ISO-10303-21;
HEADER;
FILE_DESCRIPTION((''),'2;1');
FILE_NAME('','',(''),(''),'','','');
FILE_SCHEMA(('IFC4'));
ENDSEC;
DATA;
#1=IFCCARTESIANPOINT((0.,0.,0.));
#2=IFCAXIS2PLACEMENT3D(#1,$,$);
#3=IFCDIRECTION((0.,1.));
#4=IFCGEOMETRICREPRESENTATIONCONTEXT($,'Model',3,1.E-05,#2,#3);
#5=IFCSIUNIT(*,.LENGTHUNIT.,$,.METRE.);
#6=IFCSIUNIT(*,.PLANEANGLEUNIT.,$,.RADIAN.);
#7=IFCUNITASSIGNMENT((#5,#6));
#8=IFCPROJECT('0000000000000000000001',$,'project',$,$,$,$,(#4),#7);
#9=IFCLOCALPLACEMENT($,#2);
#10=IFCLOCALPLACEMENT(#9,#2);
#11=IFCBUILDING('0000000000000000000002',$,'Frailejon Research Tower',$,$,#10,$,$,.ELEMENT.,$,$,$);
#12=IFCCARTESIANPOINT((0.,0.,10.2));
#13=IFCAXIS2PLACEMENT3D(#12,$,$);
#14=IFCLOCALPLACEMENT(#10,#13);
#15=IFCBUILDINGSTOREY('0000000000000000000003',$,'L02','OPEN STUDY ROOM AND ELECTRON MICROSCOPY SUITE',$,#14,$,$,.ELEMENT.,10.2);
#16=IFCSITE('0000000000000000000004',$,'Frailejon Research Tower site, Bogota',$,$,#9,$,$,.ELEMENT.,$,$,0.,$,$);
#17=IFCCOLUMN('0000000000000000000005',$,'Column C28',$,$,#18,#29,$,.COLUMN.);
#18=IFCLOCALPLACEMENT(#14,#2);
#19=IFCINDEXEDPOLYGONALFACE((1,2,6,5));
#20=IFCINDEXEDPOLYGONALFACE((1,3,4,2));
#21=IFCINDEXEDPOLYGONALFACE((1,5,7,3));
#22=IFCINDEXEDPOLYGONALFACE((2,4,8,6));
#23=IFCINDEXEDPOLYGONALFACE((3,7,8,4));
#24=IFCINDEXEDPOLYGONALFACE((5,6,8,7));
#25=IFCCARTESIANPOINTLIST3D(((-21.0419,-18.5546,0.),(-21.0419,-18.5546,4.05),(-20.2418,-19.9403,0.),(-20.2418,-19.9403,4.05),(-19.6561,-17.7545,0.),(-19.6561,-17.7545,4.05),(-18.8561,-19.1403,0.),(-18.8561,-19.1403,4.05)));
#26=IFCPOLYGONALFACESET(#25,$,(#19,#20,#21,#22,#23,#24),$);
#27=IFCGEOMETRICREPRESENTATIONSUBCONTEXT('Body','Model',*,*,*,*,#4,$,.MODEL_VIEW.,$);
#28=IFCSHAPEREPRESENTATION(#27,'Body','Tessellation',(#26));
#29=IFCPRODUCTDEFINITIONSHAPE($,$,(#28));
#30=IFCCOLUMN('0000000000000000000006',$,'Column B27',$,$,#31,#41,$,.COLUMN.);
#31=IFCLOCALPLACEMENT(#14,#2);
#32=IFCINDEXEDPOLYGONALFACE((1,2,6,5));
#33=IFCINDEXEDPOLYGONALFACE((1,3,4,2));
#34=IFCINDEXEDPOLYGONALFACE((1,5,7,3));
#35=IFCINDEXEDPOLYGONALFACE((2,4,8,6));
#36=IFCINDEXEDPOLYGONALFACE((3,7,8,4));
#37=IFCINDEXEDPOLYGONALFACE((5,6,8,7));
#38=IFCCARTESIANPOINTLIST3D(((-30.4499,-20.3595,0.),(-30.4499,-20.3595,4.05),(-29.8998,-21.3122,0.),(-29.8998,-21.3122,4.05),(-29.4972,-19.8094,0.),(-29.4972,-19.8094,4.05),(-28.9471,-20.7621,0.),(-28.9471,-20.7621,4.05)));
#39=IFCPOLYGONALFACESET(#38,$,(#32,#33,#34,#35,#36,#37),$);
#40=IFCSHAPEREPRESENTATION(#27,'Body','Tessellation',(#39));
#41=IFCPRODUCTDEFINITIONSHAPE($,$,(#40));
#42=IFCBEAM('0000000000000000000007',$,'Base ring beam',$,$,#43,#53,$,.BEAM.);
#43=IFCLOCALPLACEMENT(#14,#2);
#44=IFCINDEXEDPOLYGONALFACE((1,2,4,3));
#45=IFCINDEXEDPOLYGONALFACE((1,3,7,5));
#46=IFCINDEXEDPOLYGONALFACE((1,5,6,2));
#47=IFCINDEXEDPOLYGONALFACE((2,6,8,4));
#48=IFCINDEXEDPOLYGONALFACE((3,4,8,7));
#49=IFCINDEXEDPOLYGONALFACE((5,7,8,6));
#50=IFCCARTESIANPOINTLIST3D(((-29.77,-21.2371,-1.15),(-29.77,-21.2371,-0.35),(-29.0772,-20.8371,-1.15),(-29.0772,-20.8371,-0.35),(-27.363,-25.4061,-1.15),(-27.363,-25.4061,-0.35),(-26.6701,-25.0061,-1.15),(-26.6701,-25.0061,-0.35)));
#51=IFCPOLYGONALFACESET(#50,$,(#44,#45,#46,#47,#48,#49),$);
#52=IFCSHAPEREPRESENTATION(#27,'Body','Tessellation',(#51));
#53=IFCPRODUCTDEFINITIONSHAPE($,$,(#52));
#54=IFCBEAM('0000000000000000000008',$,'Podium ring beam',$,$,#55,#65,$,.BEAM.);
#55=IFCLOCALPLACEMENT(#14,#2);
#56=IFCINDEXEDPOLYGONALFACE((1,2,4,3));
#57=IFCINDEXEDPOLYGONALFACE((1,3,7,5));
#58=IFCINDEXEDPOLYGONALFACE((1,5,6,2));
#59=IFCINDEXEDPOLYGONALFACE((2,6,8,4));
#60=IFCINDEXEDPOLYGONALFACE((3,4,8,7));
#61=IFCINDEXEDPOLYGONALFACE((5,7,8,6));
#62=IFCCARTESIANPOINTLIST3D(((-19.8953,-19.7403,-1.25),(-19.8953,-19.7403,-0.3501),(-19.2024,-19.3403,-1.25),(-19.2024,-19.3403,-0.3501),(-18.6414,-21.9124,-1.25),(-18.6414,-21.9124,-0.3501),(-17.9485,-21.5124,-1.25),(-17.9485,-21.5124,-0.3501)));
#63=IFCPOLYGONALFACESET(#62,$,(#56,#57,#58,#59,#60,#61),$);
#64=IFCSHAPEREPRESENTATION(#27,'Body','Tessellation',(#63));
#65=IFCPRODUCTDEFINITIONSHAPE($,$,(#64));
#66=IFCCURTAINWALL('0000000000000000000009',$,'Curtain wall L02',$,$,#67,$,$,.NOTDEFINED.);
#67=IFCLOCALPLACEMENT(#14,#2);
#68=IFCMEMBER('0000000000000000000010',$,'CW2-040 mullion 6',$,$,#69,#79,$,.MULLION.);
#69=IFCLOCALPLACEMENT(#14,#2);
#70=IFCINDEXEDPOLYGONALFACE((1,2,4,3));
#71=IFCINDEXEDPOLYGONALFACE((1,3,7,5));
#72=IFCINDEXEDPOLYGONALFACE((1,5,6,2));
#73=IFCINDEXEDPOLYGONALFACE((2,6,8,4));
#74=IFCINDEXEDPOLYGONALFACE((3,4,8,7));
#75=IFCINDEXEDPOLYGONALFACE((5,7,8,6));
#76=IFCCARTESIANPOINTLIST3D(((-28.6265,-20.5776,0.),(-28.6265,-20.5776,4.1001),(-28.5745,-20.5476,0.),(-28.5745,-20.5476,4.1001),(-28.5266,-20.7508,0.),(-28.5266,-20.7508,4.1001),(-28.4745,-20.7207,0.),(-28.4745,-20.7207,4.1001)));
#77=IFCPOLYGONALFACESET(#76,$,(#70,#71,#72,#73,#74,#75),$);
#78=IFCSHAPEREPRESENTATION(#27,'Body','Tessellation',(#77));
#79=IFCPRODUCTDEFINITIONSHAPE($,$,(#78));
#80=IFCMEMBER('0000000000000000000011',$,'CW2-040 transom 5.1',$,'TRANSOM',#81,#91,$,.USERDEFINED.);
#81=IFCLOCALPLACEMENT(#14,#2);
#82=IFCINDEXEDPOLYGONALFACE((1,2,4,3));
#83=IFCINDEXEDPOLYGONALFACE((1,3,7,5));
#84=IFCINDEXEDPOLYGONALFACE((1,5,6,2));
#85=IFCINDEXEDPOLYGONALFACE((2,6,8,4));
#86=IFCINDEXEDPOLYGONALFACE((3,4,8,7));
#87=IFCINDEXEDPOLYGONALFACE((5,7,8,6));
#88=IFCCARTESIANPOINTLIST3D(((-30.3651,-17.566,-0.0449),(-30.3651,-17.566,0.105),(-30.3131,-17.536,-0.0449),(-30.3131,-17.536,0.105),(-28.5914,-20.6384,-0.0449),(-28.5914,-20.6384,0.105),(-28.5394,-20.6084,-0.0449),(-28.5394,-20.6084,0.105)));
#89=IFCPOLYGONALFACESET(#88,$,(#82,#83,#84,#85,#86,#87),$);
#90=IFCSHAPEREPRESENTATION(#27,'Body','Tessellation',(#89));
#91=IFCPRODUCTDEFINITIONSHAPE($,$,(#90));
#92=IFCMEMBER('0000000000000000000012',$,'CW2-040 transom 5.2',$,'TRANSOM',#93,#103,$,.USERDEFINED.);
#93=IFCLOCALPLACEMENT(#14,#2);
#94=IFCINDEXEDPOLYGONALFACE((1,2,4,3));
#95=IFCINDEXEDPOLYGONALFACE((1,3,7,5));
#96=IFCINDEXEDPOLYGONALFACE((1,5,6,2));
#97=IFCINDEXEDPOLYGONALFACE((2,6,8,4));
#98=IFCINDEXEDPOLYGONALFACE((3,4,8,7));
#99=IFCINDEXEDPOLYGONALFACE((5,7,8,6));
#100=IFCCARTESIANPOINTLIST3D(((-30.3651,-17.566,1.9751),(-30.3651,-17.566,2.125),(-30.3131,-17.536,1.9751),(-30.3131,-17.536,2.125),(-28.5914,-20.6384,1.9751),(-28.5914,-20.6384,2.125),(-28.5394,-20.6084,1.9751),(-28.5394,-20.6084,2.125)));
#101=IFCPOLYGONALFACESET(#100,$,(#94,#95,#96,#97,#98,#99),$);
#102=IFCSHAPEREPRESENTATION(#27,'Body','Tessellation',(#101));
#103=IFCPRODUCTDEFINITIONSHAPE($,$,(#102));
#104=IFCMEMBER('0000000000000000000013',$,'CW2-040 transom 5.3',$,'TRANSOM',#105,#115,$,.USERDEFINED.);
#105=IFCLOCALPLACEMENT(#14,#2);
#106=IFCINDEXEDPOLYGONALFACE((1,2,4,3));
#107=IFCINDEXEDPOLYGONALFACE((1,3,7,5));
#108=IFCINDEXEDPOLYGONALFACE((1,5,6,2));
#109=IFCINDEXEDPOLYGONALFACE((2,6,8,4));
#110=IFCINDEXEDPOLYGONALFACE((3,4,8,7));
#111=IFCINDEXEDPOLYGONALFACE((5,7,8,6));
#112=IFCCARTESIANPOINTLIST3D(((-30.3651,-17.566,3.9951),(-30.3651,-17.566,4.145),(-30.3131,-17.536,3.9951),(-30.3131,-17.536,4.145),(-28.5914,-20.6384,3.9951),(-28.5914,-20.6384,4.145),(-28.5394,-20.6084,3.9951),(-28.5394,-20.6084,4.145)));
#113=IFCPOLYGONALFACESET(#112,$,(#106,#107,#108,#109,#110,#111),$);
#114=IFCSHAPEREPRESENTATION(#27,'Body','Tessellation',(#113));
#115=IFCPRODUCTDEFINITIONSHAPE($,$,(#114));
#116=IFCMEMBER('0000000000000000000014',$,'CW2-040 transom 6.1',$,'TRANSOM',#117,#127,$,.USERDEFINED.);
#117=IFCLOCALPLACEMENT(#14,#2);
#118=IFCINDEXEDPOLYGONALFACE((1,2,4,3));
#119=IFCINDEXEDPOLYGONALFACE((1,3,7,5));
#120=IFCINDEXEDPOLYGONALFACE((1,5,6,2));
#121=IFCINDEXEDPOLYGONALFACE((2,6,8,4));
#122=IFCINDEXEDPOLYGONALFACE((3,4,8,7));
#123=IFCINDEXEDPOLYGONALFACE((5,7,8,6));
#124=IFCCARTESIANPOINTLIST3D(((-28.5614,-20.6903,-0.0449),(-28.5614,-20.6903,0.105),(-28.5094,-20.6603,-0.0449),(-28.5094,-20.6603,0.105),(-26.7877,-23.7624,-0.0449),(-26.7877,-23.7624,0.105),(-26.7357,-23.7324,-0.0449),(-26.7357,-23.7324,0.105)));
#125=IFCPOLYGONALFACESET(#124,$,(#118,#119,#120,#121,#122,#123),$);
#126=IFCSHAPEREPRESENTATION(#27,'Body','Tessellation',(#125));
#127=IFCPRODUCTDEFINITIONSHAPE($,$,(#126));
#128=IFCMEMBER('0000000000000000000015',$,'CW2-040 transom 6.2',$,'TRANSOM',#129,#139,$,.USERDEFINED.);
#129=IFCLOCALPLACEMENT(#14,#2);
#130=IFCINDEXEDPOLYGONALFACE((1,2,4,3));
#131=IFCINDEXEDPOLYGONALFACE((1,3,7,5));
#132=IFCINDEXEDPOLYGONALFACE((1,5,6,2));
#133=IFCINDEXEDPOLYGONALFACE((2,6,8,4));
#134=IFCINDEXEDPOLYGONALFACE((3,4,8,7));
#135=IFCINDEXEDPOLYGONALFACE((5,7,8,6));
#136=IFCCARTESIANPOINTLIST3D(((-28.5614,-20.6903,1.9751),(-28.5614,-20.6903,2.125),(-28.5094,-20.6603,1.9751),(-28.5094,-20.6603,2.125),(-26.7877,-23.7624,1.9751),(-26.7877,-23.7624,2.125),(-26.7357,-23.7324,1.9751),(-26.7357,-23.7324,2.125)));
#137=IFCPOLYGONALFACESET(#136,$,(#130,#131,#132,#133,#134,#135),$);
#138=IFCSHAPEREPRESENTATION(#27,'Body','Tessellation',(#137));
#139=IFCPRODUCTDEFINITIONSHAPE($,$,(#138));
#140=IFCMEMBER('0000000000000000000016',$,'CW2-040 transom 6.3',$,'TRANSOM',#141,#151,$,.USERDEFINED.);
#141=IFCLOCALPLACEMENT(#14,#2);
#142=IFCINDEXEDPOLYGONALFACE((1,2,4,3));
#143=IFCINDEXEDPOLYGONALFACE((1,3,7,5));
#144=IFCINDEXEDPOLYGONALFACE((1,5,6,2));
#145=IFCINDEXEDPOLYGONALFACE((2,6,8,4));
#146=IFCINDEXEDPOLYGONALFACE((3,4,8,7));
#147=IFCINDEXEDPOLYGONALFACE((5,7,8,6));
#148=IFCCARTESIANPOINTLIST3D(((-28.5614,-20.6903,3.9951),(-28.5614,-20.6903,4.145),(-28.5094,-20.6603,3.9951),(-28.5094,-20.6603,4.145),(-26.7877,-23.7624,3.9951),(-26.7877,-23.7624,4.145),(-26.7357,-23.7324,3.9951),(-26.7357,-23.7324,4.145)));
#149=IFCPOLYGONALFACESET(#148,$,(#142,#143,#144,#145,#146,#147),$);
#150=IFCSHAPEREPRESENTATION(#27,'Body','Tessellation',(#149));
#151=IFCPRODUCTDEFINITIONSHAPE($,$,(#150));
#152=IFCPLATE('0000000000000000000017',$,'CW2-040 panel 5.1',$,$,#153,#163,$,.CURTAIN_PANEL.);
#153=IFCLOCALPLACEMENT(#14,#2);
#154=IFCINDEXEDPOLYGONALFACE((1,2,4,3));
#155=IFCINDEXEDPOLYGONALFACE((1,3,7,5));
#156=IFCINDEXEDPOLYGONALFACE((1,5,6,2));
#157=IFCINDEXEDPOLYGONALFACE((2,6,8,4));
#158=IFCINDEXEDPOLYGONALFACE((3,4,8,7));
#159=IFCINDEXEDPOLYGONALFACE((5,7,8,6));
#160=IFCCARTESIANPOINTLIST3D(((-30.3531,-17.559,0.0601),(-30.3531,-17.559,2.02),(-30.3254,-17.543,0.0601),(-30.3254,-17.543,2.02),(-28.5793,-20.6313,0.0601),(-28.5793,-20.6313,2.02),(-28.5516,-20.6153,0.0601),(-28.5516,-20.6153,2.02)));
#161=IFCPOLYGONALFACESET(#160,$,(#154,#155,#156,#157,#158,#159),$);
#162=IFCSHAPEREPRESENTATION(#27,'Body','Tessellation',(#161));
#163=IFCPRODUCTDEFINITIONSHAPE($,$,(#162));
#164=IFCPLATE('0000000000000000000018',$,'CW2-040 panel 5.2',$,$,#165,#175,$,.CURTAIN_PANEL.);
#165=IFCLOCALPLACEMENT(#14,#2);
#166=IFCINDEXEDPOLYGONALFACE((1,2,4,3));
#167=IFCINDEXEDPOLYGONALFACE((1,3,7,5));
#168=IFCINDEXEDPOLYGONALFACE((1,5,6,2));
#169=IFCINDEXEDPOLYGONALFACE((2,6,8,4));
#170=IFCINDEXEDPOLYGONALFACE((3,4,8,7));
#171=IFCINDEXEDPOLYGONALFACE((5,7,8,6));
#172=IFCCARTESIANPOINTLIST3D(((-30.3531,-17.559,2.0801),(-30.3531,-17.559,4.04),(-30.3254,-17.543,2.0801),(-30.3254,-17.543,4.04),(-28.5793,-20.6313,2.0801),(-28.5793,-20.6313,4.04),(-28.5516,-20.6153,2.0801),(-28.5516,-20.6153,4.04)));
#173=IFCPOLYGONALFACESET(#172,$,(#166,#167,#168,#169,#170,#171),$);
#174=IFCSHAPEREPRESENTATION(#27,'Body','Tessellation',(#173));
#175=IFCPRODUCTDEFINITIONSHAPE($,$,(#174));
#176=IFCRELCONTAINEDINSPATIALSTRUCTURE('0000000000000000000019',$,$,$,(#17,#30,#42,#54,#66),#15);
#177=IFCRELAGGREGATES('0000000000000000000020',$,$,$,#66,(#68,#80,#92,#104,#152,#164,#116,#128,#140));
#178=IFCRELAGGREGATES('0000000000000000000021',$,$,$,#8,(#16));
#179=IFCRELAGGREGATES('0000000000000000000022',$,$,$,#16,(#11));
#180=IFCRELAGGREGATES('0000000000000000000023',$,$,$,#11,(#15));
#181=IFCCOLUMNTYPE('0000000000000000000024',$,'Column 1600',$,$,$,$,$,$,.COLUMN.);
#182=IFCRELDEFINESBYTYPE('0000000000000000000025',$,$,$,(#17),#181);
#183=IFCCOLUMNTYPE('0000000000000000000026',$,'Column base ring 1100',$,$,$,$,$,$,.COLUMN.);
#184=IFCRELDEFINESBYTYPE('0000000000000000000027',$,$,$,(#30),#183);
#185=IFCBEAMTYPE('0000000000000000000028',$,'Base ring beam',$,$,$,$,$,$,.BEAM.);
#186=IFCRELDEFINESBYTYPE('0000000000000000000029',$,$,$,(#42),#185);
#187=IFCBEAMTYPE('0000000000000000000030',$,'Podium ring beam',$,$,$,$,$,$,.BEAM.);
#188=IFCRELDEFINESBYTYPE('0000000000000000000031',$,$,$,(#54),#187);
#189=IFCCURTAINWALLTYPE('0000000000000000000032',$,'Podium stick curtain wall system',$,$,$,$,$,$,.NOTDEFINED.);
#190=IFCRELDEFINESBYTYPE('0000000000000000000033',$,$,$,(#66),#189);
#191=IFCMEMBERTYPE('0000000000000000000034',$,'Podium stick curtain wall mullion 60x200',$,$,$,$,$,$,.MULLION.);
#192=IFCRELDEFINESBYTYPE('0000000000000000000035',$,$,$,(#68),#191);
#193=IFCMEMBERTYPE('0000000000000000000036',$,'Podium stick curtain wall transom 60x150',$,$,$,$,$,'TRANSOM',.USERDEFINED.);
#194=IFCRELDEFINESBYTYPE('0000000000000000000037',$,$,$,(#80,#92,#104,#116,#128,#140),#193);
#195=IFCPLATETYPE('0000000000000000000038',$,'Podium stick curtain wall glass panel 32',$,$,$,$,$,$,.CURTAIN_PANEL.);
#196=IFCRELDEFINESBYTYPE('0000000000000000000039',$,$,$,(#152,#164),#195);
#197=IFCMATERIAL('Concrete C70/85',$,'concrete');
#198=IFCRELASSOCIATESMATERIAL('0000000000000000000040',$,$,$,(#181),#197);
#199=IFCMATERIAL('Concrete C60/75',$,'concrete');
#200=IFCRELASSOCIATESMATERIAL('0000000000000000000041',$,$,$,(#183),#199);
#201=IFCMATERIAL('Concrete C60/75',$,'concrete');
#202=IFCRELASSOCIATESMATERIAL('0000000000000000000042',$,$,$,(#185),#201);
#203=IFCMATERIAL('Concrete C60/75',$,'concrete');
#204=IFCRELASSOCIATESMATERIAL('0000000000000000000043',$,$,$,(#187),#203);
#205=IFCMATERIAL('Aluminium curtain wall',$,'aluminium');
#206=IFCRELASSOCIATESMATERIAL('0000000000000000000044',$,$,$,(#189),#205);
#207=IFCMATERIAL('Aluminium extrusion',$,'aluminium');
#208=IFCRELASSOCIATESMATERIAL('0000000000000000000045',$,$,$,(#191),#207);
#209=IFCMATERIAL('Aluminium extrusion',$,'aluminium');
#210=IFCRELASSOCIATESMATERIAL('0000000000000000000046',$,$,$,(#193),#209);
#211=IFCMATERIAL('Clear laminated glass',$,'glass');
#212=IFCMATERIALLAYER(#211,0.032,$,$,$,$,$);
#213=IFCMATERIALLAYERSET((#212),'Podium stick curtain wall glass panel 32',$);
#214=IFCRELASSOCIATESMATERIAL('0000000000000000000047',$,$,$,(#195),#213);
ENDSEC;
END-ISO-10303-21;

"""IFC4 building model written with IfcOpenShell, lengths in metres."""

from ifc_helpers import new_model, si_unit, direction, frame, origin, origin_2d, place, context, subcontext, project, spatial, rectangle, extrude, material, layer, layer_set, material_profile, profile_set, type_object, element, aggregate, save


model = new_model("IFC4")

# Units and contexts
model_context = context("Model", 3, precision=1e-05, world=origin(), true_north=direction((0.0, 1.0)))
body_context = subcontext(model_context, "Body", "Model", "MODEL_VIEW")
ifc_project = project(units=[si_unit("LENGTHUNIT", "METRE"), si_unit("PLANEANGLEUNIT", "RADIAN")], contexts=[model_context])

# Site, building, storey
site_placement = place(None, origin())
site = spatial("IfcSite", under=ifc_project, at=site_placement, Name="Frailejon Research Tower site, Bogota", CompositionType="ELEMENT", RefElevation=0.0)
building_placement = place(site_placement, origin())
building = spatial("IfcBuilding", under=site, at=building_placement, Name="Frailejon Research Tower", CompositionType="ELEMENT")
storey_placement = place(building_placement, frame((0.0, 0.0, 10.2)))
storey = spatial("IfcBuildingStorey", under=building, at=storey_placement, Name="L02", Description="OPEN STUDY ROOM AND ELECTRON MICROSCOPY SUITE", CompositionType="ELEMENT", Elevation=10.2)

# Columns
ifc_material_1 = material(Name="Concrete C70/85", Category="concrete")
ifc_material_profile_1 = material_profile(ifc_material_1, rectangle(XDim=1.6001, YDim=1.6001, at=origin_2d()), Name="Column 1600")
ifc_profile_set_1 = profile_set([ifc_material_profile_1], Name="Concrete C70/85")
column_type_1 = type_object("IfcColumnType", Name="Column 1600", PredefinedType="COLUMN", material=ifc_profile_set_1)
column_1_placement = place(storey_placement, frame((-19.949, -18.8474, 0.0), z_axis=(0.0, 0.0, 1.0), x_axis=(0.5, -0.866025, 0.0)))
element("IfcColumn", 1, at=column_1_placement, inside=storey, type_object=column_type_1, Name="Column C28", PredefinedType="COLUMN", context=body_context, shape_type="SweptSolid", body=[
    extrude(rectangle(XDim=1.6001, YDim=1.6001, at=origin_2d()), origin(), (0.0, 0.0, 1.0), 4.05),
])
ifc_material_2 = material(Name="Concrete C60/75", Category="concrete")
ifc_material_profile_2 = material_profile(ifc_material_2, rectangle(XDim=1.1001, YDim=1.1001, at=origin_2d()), Name="Column base ring 1100")
ifc_profile_set_2 = profile_set([ifc_material_profile_2], Name="Concrete C60/75")
column_type_2 = type_object("IfcColumnType", Name="Column base ring 1100", PredefinedType="COLUMN", material=ifc_profile_set_2)
column_2_placement = place(storey_placement, frame((-29.6985, -20.5608, 0.0), z_axis=(0.0, 0.0, 1.0), x_axis=(0.5, -0.866025, 0.0)))
element("IfcColumn", 2, at=column_2_placement, inside=storey, type_object=column_type_2, Name="Column B27", PredefinedType="COLUMN", context=body_context, shape_type="SweptSolid", body=[
    extrude(rectangle(XDim=1.1001, YDim=1.1001, at=origin_2d()), origin(), (0.0, 0.0, 1.0), 4.05),
])

# Beams
ifc_material_3 = material(Name="Concrete C60/75", Category="concrete")
ifc_material_profile_3 = material_profile(ifc_material_3, rectangle(XDim=0.8, YDim=0.8, at=origin_2d()), Name="Base ring beam")
ifc_profile_set_3 = profile_set([ifc_material_profile_3], Name="Concrete C60/75")
beam_type_1 = type_object("IfcBeamType", Name="Base ring beam", PredefinedType="BEAM", material=ifc_profile_set_3)
beam_1_placement = place(storey_placement, frame((-29.4236, -21.0371, -0.75), z_axis=(0.500006, -0.866022, 0.0), x_axis=(0.866022, 0.500006, 0.0)))
element("IfcBeam", 3, at=beam_1_placement, inside=storey, type_object=beam_type_1, Name="Base ring beam", PredefinedType="BEAM", context=body_context, shape_type="SweptSolid", body=[
    extrude(rectangle(XDim=0.8, YDim=0.8, at=origin_2d()), origin(), (0.0, 0.0, 1.0), 4.814),
])
ifc_material_4 = material(Name="Concrete C60/75", Category="concrete")
ifc_material_profile_4 = material_profile(ifc_material_4, rectangle(XDim=0.8, YDim=0.8999, at=origin_2d()), Name="Podium ring beam")
ifc_profile_set_4 = profile_set([ifc_material_profile_4], Name="Concrete C60/75")
beam_type_2 = type_object("IfcBeamType", Name="Podium ring beam", PredefinedType="BEAM", material=ifc_profile_set_4)
beam_2_placement = place(storey_placement, frame((-19.5488, -19.5403, -0.8), z_axis=(0.49995, -0.866054, 0.0), x_axis=(0.866054, 0.49995, 0.0)))
element("IfcBeam", 4, at=beam_2_placement, inside=storey, type_object=beam_type_2, Name="Podium ring beam", PredefinedType="BEAM", context=body_context, shape_type="SweptSolid", body=[
    extrude(rectangle(XDim=0.8, YDim=0.8999, at=origin_2d()), origin(), (0.0, 0.0, 1.0), 2.5081),
])

# Curtain wall, members, plates
ifc_material_5 = material(Name="Aluminium curtain wall", Category="aluminium")
curtain_wall_type = type_object("IfcCurtainWallType", Name="Podium stick curtain wall system", PredefinedType="NOTDEFINED", material=ifc_material_5)
curtain_wall_placement = place(storey_placement, origin())
curtain_wall = element("IfcCurtainWall", 5, at=curtain_wall_placement, inside=storey, type_object=curtain_wall_type, Name="Curtain wall L02", PredefinedType="NOTDEFINED")
ifc_material_6 = material(Name="Aluminium extrusion", Category="aluminium")
ifc_material_profile_5 = material_profile(ifc_material_6, rectangle(XDim=0.0601, YDim=0.2, at=origin_2d()), Name="Podium stick curtain wall mullion 60x200")
ifc_profile_set_5 = profile_set([ifc_material_profile_5], Name="Aluminium extrusion")
member_type_1 = type_object("IfcMemberType", Name="Podium stick curtain wall mullion 60x200", PredefinedType="MULLION", material=ifc_profile_set_5)
member_1_placement = place(storey_placement, frame((-28.5505, -20.6492, 0.0), z_axis=(0.0, 0.0, 1.0), x_axis=(0.866026, 0.499998, 0.0)))
member_1 = element("IfcMember", 6, at=member_1_placement, type_object=member_type_1, Name="CW2-040 mullion 6", PredefinedType="MULLION", context=body_context, shape_type="SweptSolid", body=[
    extrude(rectangle(XDim=0.0601, YDim=0.2, at=origin_2d()), origin(), (0.0, 0.0, 1.0), 4.1001),
])
ifc_material_7 = material(Name="Aluminium extrusion", Category="aluminium")
ifc_material_profile_6 = material_profile(ifc_material_7, rectangle(XDim=0.0601, YDim=0.1499, at=origin_2d()), Name="Podium stick curtain wall transom 60x150")
ifc_profile_set_6 = profile_set([ifc_material_profile_6], Name="Aluminium extrusion")
member_type_2 = type_object("IfcMemberType", Name="Podium stick curtain wall transom 60x150", ElementType="TRANSOM", PredefinedType="USERDEFINED", material=ifc_profile_set_6)
member_2_placement = place(storey_placement, frame((-30.3391, -17.551, 0.03), z_axis=(0.499981, -0.866037, 0.0), x_axis=(0.866037, 0.499981, 0.0)))
member_2 = element("IfcMember", 7, at=member_2_placement, type_object=member_type_2, Name="CW2-040 transom 5.1", ObjectType="TRANSOM", PredefinedType="USERDEFINED", context=body_context, shape_type="SweptSolid", body=[
    extrude(rectangle(XDim=0.0601, YDim=0.1499, at=origin_2d()), origin(), (0.0, 0.0, 1.0), 3.5476),
])
member_3_placement = place(storey_placement, frame((-30.3391, -17.551, 2.05), z_axis=(0.499981, -0.866037, 0.0), x_axis=(0.866037, 0.499981, 0.0)))
member_3 = element("IfcMember", 8, at=member_3_placement, type_object=member_type_2, Name="CW2-040 transom 5.2", ObjectType="TRANSOM", PredefinedType="USERDEFINED", context=body_context, shape_type="SweptSolid", body=[
    extrude(rectangle(XDim=0.0601, YDim=0.1499, at=origin_2d()), origin(), (0.0, 0.0, 1.0), 3.5476),
])
member_4_placement = place(storey_placement, frame((-30.3391, -17.551, 4.0701), z_axis=(0.499981, -0.866037, 0.0), x_axis=(0.866037, 0.499981, 0.0)))
member_4 = element("IfcMember", 9, at=member_4_placement, type_object=member_type_2, Name="CW2-040 transom 5.3", ObjectType="TRANSOM", PredefinedType="USERDEFINED", context=body_context, shape_type="SweptSolid", body=[
    extrude(rectangle(XDim=0.0601, YDim=0.1499, at=origin_2d()), origin(), (0.0, 0.0, 1.0), 3.5476),
])
member_5_placement = place(storey_placement, frame((-28.5354, -20.6753, 0.03), z_axis=(0.50001, -0.866019, 0.0), x_axis=(0.866019, 0.50001, 0.0)))
member_5 = element("IfcMember", 10, at=member_5_placement, type_object=member_type_2, Name="CW2-040 transom 6.1", ObjectType="TRANSOM", PredefinedType="USERDEFINED", context=body_context, shape_type="SweptSolid", body=[
    extrude(rectangle(XDim=0.0601, YDim=0.1499, at=origin_2d()), origin(), (0.0, 0.0, 1.0), 3.5474),
])
member_6_placement = place(storey_placement, frame((-28.5354, -20.6753, 2.05), z_axis=(0.50001, -0.866019, 0.0), x_axis=(0.866019, 0.50001, 0.0)))
member_6 = element("IfcMember", 11, at=member_6_placement, type_object=member_type_2, Name="CW2-040 transom 6.2", ObjectType="TRANSOM", PredefinedType="USERDEFINED", context=body_context, shape_type="SweptSolid", body=[
    extrude(rectangle(XDim=0.0601, YDim=0.1499, at=origin_2d()), origin(), (0.0, 0.0, 1.0), 3.5474),
])
member_7_placement = place(storey_placement, frame((-28.5354, -20.6753, 4.0701), z_axis=(0.50001, -0.866019, 0.0), x_axis=(0.866019, 0.50001, 0.0)))
member_7 = element("IfcMember", 12, at=member_7_placement, type_object=member_type_2, Name="CW2-040 transom 6.3", ObjectType="TRANSOM", PredefinedType="USERDEFINED", context=body_context, shape_type="SweptSolid", body=[
    extrude(rectangle(XDim=0.0601, YDim=0.1499, at=origin_2d()), origin(), (0.0, 0.0, 1.0), 3.5474),
])
ifc_material_8 = material(Name="Clear laminated glass", Category="glass")
ifc_layer_1 = layer(ifc_material_8, 0.032)
ifc_layer_set_1 = layer_set([ifc_layer_1], Name="Podium stick curtain wall glass panel 32")
plate_type = type_object("IfcPlateType", Name="Podium stick curtain wall glass panel 32", PredefinedType="CURTAIN_PANEL", material=ifc_layer_set_1)
plate_1_placement = place(storey_placement, frame((-29.4524, -19.0872, 0.0601), z_axis=(0.0, 0.0, 1.0), x_axis=(0.499998, -0.866026, 0.0)))
plate_1 = element("IfcPlate", 13, at=plate_1_placement, type_object=plate_type, Name="CW2-040 panel 5.1", PredefinedType="CURTAIN_PANEL", context=body_context, shape_type="SweptSolid", body=[
    extrude(rectangle(XDim=3.5476, YDim=0.032, at=origin_2d()), origin(), (0.0, 0.0, 1.0), 1.96),
])
plate_2_placement = place(storey_placement, frame((-29.4524, -19.0872, 2.0801), z_axis=(0.0, 0.0, 1.0), x_axis=(0.499998, -0.866026, 0.0)))
plate_2 = element("IfcPlate", 14, at=plate_2_placement, type_object=plate_type, Name="CW2-040 panel 5.2", PredefinedType="CURTAIN_PANEL", context=body_context, shape_type="SweptSolid", body=[
    extrude(rectangle(XDim=3.5476, YDim=0.032, at=origin_2d()), origin(), (0.0, 0.0, 1.0), 1.96),
])
aggregate(curtain_wall, [member_1, member_2, member_3, member_4, plate_1, plate_2, member_5, member_6, member_7])

save(model, "model.ifc")
